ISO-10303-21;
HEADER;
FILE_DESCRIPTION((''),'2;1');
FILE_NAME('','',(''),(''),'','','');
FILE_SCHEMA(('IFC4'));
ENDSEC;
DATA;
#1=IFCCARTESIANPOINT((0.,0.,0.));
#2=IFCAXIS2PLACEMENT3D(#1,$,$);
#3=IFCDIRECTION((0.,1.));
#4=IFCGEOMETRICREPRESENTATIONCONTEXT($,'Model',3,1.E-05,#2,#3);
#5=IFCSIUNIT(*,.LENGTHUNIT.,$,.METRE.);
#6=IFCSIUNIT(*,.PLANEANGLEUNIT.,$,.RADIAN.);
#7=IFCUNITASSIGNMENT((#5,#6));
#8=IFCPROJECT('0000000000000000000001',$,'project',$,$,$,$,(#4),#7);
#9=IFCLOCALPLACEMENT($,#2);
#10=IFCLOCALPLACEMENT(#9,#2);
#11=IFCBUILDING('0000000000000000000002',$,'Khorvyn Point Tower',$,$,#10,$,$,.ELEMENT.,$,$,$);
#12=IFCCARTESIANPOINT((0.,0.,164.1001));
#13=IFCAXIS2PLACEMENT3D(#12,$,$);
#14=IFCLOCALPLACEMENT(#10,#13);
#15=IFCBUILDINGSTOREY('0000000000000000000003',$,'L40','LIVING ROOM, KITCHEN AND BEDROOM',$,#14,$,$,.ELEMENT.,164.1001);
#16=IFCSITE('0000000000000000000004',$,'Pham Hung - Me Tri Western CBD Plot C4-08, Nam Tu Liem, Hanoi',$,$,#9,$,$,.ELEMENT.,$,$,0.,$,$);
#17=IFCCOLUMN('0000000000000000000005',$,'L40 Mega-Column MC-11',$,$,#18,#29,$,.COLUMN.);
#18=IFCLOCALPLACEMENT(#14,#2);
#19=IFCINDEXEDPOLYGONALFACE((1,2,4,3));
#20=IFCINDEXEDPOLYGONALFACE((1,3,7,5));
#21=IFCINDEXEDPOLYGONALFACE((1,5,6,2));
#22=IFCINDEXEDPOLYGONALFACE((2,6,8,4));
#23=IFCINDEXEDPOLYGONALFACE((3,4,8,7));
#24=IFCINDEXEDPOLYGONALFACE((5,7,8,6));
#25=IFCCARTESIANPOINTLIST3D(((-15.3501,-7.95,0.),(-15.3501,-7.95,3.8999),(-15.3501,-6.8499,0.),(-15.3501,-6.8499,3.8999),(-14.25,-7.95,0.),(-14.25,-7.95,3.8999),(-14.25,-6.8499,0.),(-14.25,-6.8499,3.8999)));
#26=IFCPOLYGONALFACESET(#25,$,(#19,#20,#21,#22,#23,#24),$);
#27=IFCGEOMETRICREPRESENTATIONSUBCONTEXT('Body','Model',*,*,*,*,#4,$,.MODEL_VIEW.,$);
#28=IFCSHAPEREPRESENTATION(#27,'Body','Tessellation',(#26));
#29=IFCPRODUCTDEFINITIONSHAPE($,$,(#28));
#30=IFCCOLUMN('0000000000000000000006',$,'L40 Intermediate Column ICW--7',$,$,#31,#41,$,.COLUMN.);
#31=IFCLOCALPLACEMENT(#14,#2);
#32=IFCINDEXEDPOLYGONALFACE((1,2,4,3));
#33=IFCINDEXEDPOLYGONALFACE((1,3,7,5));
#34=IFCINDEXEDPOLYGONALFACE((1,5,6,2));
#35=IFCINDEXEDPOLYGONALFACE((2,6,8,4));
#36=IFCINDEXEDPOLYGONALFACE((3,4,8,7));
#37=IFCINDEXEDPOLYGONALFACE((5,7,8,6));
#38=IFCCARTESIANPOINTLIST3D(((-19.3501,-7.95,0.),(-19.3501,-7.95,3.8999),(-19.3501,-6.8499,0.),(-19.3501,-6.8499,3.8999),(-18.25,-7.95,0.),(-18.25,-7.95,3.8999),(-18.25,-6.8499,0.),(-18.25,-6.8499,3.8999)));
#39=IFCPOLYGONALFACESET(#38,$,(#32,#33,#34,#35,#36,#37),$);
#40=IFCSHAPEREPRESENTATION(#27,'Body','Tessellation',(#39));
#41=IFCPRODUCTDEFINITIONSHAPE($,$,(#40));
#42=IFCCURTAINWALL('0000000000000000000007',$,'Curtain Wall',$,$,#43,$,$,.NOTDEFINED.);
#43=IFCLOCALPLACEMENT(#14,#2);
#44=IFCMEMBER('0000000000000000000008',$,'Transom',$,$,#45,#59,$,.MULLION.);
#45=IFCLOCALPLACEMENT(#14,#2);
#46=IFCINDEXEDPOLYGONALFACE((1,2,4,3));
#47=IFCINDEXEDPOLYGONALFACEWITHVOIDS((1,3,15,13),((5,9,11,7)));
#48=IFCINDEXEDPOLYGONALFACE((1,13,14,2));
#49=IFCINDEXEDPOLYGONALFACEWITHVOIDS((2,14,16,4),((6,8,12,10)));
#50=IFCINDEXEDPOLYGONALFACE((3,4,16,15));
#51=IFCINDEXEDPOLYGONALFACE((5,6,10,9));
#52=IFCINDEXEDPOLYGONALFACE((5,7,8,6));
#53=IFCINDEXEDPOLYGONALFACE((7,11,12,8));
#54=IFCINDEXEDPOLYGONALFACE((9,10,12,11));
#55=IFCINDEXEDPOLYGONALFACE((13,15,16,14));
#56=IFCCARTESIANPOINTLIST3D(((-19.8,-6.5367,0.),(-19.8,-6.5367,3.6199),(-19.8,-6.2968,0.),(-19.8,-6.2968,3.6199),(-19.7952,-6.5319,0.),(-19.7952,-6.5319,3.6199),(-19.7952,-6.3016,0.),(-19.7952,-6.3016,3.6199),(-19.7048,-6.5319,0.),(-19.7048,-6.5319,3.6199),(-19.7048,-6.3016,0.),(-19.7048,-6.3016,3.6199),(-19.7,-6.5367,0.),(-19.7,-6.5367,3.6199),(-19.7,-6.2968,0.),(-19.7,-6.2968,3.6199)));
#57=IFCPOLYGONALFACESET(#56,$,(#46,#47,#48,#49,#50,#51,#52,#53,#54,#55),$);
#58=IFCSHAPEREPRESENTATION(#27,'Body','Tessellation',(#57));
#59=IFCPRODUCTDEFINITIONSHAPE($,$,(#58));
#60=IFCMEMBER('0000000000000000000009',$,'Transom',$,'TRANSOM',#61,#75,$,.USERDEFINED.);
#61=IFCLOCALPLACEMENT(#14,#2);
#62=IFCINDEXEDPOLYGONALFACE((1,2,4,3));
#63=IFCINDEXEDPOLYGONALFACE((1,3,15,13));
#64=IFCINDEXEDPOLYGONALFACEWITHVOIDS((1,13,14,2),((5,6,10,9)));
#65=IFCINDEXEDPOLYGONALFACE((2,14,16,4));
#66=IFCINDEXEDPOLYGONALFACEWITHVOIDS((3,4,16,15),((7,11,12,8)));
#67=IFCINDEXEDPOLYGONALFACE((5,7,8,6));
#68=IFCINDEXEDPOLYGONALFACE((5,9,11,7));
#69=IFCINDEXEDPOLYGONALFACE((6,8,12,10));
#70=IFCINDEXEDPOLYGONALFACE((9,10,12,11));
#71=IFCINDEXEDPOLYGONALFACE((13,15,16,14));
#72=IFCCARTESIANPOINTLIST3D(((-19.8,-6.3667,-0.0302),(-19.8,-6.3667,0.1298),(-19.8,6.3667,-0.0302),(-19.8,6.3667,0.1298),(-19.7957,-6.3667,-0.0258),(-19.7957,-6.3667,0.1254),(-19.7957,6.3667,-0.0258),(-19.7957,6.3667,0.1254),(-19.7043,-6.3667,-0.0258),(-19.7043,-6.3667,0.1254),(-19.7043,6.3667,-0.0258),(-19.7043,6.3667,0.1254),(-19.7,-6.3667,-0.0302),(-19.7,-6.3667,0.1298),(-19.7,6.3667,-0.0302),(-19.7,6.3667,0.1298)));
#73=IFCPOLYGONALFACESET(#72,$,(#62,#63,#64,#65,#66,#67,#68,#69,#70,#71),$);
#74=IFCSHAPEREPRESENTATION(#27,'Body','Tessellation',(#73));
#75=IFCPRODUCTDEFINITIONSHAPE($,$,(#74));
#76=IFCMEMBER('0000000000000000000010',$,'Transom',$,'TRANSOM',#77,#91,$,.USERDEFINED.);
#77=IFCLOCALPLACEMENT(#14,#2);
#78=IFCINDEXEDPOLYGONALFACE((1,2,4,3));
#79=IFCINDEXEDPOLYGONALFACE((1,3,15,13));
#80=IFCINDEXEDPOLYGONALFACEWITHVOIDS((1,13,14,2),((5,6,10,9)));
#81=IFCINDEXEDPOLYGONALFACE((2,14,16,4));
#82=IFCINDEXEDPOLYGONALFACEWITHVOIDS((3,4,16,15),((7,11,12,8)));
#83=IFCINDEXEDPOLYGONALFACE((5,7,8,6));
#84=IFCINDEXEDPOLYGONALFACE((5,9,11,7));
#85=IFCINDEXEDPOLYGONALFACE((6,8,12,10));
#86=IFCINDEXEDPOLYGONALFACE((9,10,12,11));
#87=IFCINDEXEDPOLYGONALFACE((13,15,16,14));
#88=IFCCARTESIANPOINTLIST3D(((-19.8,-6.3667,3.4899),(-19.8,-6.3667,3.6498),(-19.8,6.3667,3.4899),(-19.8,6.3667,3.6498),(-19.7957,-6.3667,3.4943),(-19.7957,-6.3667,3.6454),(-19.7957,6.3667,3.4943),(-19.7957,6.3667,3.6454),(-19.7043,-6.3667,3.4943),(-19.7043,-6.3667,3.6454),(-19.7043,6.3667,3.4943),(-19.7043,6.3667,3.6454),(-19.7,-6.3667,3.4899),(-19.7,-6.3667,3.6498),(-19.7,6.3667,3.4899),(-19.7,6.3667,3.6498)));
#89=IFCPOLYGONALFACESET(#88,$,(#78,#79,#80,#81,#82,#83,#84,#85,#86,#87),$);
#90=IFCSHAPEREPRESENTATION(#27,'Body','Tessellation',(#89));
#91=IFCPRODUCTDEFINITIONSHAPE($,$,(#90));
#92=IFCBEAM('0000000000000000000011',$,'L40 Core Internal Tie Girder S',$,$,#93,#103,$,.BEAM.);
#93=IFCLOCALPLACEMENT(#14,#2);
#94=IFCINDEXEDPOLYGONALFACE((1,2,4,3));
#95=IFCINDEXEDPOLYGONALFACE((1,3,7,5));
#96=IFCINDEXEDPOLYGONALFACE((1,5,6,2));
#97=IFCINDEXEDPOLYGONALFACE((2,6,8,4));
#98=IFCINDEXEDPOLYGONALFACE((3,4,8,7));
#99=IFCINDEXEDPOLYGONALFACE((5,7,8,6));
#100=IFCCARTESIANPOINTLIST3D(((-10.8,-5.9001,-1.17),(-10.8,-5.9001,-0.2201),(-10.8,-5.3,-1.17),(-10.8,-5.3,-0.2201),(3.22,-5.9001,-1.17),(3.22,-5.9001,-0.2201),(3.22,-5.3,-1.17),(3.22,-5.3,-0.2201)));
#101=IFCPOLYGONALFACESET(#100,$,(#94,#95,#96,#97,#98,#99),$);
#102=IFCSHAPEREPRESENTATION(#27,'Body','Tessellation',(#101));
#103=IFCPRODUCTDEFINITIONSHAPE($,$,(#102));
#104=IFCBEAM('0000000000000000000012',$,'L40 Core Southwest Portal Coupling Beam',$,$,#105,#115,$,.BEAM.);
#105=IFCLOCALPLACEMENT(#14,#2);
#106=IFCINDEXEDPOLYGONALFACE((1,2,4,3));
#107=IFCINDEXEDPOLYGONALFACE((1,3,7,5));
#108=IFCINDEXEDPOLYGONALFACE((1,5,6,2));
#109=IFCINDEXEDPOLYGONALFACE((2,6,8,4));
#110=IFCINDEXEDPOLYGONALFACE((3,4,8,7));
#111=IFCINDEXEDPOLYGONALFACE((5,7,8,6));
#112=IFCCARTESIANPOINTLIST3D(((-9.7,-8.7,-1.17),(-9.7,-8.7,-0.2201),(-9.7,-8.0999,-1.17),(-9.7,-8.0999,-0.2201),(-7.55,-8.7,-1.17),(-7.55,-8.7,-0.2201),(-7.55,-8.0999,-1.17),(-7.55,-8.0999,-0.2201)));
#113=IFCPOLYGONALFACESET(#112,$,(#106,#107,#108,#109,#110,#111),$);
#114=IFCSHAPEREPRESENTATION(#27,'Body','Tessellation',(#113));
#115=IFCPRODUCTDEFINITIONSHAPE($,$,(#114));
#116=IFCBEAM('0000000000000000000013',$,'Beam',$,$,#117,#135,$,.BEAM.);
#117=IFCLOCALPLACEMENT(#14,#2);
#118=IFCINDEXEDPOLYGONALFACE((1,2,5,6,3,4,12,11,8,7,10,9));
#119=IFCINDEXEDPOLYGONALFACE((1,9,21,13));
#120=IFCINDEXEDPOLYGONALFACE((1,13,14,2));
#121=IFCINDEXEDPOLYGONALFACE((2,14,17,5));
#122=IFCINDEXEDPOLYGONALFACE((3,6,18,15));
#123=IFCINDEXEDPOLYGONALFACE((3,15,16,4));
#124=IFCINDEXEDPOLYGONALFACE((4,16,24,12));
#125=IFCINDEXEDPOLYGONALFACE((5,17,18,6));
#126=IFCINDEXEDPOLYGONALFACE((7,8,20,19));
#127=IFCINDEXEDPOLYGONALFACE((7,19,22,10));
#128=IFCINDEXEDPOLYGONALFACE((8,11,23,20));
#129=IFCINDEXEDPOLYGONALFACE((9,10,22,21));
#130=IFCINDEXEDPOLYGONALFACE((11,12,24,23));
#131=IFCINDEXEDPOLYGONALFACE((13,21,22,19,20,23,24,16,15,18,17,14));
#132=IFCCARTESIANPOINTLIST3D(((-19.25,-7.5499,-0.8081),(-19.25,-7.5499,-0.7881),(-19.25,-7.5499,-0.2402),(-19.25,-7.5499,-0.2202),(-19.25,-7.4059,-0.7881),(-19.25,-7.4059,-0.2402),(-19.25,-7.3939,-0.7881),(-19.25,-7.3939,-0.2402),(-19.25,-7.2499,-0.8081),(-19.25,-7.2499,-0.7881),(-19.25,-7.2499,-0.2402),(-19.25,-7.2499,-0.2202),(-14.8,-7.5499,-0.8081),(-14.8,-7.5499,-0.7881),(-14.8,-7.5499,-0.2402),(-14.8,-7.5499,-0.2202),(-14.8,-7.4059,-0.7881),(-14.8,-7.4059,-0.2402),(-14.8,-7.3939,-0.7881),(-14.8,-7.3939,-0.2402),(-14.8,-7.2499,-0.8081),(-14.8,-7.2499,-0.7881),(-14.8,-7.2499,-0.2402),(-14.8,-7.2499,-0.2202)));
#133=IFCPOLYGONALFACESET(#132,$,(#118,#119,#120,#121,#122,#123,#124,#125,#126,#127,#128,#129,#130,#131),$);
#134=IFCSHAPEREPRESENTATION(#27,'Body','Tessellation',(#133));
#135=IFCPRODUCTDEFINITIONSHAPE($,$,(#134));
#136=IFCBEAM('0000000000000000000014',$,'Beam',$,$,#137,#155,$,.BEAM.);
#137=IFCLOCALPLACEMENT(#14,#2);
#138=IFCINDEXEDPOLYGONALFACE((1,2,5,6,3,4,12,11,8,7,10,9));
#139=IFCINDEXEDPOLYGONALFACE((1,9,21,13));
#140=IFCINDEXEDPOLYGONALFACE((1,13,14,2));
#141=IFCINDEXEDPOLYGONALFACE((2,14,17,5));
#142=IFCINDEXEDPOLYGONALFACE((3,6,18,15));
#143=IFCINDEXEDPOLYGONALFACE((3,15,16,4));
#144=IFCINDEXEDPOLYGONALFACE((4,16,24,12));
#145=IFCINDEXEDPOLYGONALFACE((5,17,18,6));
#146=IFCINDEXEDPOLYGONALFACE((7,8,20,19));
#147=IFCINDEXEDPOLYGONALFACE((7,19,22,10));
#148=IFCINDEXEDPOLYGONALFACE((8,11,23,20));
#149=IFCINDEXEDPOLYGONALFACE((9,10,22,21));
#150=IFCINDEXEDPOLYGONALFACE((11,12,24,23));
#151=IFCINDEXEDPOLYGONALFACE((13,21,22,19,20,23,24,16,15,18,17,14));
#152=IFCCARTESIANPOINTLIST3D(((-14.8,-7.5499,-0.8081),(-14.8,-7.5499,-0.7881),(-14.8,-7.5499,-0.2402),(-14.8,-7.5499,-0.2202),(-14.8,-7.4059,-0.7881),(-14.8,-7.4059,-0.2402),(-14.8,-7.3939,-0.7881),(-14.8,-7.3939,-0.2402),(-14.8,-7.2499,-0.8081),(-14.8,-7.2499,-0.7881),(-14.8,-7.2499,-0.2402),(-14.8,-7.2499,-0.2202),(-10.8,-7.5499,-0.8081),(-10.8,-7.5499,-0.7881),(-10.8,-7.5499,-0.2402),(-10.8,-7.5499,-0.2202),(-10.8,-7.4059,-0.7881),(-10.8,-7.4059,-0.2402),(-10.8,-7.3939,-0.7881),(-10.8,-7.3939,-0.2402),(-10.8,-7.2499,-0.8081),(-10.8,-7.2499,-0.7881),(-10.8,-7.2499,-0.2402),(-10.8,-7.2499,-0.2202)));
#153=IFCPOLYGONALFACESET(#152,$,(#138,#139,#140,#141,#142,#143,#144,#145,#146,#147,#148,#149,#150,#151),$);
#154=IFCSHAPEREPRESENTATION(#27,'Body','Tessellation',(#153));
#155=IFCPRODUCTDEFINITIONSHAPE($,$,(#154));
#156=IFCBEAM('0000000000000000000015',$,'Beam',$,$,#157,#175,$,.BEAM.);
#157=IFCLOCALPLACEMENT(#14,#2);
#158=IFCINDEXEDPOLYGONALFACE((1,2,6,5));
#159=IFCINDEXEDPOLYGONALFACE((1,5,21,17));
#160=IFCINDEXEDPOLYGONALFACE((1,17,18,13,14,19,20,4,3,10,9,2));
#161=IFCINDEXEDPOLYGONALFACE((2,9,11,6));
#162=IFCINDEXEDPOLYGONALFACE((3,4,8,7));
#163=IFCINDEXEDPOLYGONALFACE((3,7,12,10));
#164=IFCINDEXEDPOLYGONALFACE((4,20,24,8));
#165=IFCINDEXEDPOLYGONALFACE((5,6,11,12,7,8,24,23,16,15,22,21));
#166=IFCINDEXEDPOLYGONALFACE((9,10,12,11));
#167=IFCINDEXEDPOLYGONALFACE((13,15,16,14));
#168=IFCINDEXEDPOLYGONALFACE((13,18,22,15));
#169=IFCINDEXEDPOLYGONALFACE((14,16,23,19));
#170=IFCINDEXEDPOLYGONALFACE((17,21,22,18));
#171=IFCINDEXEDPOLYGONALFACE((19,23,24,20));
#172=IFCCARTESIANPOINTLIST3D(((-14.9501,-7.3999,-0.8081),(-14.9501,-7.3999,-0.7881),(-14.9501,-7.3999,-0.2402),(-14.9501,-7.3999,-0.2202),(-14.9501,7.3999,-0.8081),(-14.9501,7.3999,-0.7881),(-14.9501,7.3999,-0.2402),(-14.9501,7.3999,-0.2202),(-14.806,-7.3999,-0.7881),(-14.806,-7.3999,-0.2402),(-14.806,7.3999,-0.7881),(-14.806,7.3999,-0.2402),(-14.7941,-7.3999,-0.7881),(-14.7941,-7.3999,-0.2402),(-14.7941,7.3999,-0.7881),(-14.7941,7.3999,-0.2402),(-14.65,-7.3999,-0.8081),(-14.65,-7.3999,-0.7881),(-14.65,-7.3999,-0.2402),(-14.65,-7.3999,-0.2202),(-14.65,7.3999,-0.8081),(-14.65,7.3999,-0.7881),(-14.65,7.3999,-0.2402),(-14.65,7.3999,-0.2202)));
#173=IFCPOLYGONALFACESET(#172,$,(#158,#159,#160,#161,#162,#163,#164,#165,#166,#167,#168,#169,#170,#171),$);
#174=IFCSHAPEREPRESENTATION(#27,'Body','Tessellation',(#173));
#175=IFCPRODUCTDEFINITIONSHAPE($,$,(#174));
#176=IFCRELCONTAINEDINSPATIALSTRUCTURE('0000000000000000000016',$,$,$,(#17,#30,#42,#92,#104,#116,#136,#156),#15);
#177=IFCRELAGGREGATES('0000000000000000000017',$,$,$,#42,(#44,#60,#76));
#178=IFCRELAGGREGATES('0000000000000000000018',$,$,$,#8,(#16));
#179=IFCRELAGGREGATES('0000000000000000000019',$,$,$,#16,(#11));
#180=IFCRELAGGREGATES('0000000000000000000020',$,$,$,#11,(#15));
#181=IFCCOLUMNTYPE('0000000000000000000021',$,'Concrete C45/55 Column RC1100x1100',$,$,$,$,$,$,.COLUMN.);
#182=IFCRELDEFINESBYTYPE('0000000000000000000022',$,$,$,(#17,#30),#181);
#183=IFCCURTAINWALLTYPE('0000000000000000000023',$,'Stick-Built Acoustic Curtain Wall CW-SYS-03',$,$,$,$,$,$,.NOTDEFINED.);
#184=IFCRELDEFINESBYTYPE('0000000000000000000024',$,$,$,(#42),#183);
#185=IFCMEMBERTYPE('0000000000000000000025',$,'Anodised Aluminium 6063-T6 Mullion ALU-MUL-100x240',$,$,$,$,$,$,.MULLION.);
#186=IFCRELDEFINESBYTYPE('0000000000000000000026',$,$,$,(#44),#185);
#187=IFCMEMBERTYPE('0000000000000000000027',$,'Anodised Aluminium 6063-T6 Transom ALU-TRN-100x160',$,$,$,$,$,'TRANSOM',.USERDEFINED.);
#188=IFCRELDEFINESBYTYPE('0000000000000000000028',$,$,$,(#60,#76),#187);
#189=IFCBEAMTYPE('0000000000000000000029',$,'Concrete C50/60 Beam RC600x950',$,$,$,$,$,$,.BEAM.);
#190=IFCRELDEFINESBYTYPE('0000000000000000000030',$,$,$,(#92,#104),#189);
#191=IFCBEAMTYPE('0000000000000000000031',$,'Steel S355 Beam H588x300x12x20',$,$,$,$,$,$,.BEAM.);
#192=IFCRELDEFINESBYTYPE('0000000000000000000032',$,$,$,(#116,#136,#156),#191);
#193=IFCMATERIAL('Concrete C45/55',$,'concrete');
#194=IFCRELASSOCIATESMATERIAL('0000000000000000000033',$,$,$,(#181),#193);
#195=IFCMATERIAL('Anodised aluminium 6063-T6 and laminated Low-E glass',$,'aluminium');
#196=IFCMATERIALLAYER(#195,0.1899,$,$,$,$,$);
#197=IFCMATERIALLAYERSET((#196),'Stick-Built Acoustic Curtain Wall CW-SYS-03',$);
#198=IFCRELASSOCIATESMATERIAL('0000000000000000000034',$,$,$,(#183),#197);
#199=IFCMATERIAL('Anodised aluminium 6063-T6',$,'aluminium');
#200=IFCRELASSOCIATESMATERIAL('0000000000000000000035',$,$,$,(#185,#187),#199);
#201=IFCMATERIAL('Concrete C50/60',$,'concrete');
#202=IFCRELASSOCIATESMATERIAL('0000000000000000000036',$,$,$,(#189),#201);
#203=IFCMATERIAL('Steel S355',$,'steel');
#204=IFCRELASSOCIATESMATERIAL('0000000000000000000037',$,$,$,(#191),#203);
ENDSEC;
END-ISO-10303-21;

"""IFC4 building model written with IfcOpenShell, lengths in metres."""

from ifc_helpers import new_model, si_unit, direction, frame, origin, origin_2d, place, context, subcontext, project, spatial, rectangle, hollow_rectangle, i_section, extrude, material, layer, layer_set, material_profile, profile_set, type_object, element, aggregate, save


model = new_model("IFC4")

# Units and contexts
model_context = context("Model", 3, precision=1e-05, world=origin(), true_north=direction((0.0, 1.0)))
body_context = subcontext(model_context, "Body", "Model", "MODEL_VIEW")
ifc_project = project(units=[si_unit("LENGTHUNIT", "METRE"), si_unit("PLANEANGLEUNIT", "RADIAN")], contexts=[model_context])

# Site, building, storey
site_placement = place(None, origin())
site = spatial("IfcSite", under=ifc_project, at=site_placement, Name="Pham Hung - Me Tri Western CBD Plot C4-08, Nam Tu Liem, Hanoi", CompositionType="ELEMENT", RefElevation=0.0)
building_placement = place(site_placement, origin())
building = spatial("IfcBuilding", under=site, at=building_placement, Name="Khorvyn Point Tower", CompositionType="ELEMENT")
storey_placement = place(building_placement, frame((0.0, 0.0, 164.1001)))
storey = spatial("IfcBuildingStorey", under=building, at=storey_placement, Name="L40", Description="LIVING ROOM, KITCHEN AND BEDROOM", CompositionType="ELEMENT", Elevation=164.1001)

# Columns
ifc_material_1 = material(Name="Concrete C45/55", Category="concrete")
ifc_material_profile_1 = material_profile(ifc_material_1, rectangle(XDim=1.1001, YDim=1.1001, at=origin_2d()))
ifc_profile_set_1 = profile_set([ifc_material_profile_1], Name="Concrete C45/55 RC1100x1100")
column_type = type_object("IfcColumnType", Name="Concrete C45/55 Column RC1100x1100", PredefinedType="COLUMN", material=ifc_profile_set_1)
for number, where, z_axis, x_axis, name in (
    (1, (-14.8, -7.3999, 0.0), (0.0, 0.0, 1.0), (1.0, 0.0, 0.0), "L40 Mega-Column MC-11"),
    (2, (-18.8, -7.3999, 0.0), (0.0, 0.0, 1.0), (1.0, 0.0, 0.0), "L40 Intermediate Column ICW--7"),
):
    element("IfcColumn", number, at=place(storey_placement, frame(where, z_axis=z_axis, x_axis=x_axis)), inside=storey, type_object=column_type, Name=name, PredefinedType="COLUMN", context=body_context, shape_type="SweptSolid", body=[
        extrude(rectangle(XDim=1.1001, YDim=1.1001, at=origin_2d()), origin(), (0.0, 0.0, 1.0), 3.8999),
    ])

# Curtain wall, members
ifc_material_2 = material(Name="Anodised aluminium 6063-T6 and laminated Low-E glass", Category="aluminium")
ifc_layer_1 = layer(ifc_material_2, 0.1899)
ifc_layer_set_1 = layer_set([ifc_layer_1], Name="Stick-Built Acoustic Curtain Wall CW-SYS-03")
curtain_wall_type = type_object("IfcCurtainWallType", Name="Stick-Built Acoustic Curtain Wall CW-SYS-03", PredefinedType="NOTDEFINED", material=ifc_layer_set_1)
curtain_wall_placement = place(storey_placement, origin())
curtain_wall = element("IfcCurtainWall", 3, at=curtain_wall_placement, inside=storey, type_object=curtain_wall_type, Name="Curtain Wall", PredefinedType="NOTDEFINED")
ifc_material_3 = material(Name="Anodised aluminium 6063-T6", Category="aluminium")
ifc_material_profile_2 = material_profile(ifc_material_3, hollow_rectangle(XDim=0.1001, YDim=0.24, WallThickness=0.0049, at=origin_2d()))
ifc_profile_set_2 = profile_set([ifc_material_profile_2], Name="Anodised aluminium 6063-T6 ALU-MUL-100x240")
member_type_1 = type_object("IfcMemberType", Name="Anodised Aluminium 6063-T6 Mullion ALU-MUL-100x240", PredefinedType="MULLION", material=ifc_profile_set_2)
member_1_placement = place(storey_placement, frame((-19.75, -6.4167, 0.0), z_axis=(0.0, 0.0, 1.0), x_axis=(-1.0, 0.0, 0.0)))
member_1 = element("IfcMember", 4, at=member_1_placement, type_object=member_type_1, Name="Transom", PredefinedType="MULLION", context=body_context, shape_type="SweptSolid", body=[
    extrude(hollow_rectangle(XDim=0.1001, YDim=0.24, WallThickness=0.0049, at=origin_2d()), origin(), (0.0, 0.0, 1.0), 3.6199),
])
ifc_material_profile_3 = material_profile(ifc_material_3, hollow_rectangle(XDim=0.1001, YDim=0.1599, WallThickness=0.0044, at=origin_2d()))
ifc_profile_set_3 = profile_set([ifc_material_profile_3], Name="Anodised aluminium 6063-T6 ALU-TRN-100x160")
member_type_2 = type_object("IfcMemberType", Name="Anodised Aluminium 6063-T6 Transom ALU-TRN-100x160", ElementType="TRANSOM", PredefinedType="USERDEFINED", material=ifc_profile_set_3)
member_2_placement = place(storey_placement, frame((-19.75, -6.3667, 0.0498), z_axis=(0.0, 1.0, 0.0), x_axis=(-1.0, 0.0, 0.0)))
member_2 = element("IfcMember", 5, at=member_2_placement, type_object=member_type_2, Name="Transom", ObjectType="TRANSOM", PredefinedType="USERDEFINED", context=body_context, shape_type="SweptSolid", body=[
    extrude(hollow_rectangle(XDim=0.1001, YDim=0.1599, WallThickness=0.0044, at=origin_2d()), origin(), (0.0, 0.0, 1.0), 12.7334),
])
member_3_placement = place(storey_placement, frame((-19.75, -6.3667, 3.5698), z_axis=(0.0, 1.0, 0.0), x_axis=(-1.0, 0.0, 0.0)))
member_3 = element("IfcMember", 6, at=member_3_placement, type_object=member_type_2, Name="Transom", ObjectType="TRANSOM", PredefinedType="USERDEFINED", context=body_context, shape_type="SweptSolid", body=[
    extrude(hollow_rectangle(XDim=0.1001, YDim=0.1599, WallThickness=0.0044, at=origin_2d()), origin(), (0.0, 0.0, 1.0), 12.7334),
])

# Beams
ifc_material_4 = material(Name="Concrete C50/60", Category="concrete")
ifc_material_profile_4 = material_profile(ifc_material_4, rectangle(XDim=0.6001, YDim=0.95, at=origin_2d()))
ifc_profile_set_4 = profile_set([ifc_material_profile_4], Name="Concrete C50/60 RC600x950")
beam_type_1 = type_object("IfcBeamType", Name="Concrete C50/60 Beam RC600x950", PredefinedType="BEAM", material=ifc_profile_set_4)
beam_1_placement = place(storey_placement, frame((-10.8, -5.6001, -0.6951), z_axis=(1.0, 0.0, 0.0), x_axis=(0.0, 1.0, 0.0)))
element("IfcBeam", 7, at=beam_1_placement, inside=storey, type_object=beam_type_1, Name="L40 Core Internal Tie Girder S", PredefinedType="BEAM", context=body_context, shape_type="SweptSolid", body=[
    extrude(rectangle(XDim=0.6001, YDim=0.95, at=origin_2d()), origin(), (0.0, 0.0, 1.0), 14.02),
])
beam_2_placement = place(storey_placement, frame((-9.7, -8.3999, -0.6951), z_axis=(1.0, 0.0, 0.0), x_axis=(0.0, 1.0, 0.0)))
element("IfcBeam", 8, at=beam_2_placement, inside=storey, type_object=beam_type_1, Name="L40 Core Southwest Portal Coupling Beam", PredefinedType="BEAM", context=body_context, shape_type="SweptSolid", body=[
    extrude(rectangle(XDim=0.6001, YDim=0.95, at=origin_2d()), origin(), (0.0, 0.0, 1.0), 2.1499),
])
ifc_material_5 = material(Name="Steel S355", Category="steel")
ifc_material_profile_5 = material_profile(ifc_material_5, i_section(OverallWidth=0.3, OverallDepth=0.5879, WebThickness=0.012, FlangeThickness=0.02, at=origin_2d()))
ifc_profile_set_5 = profile_set([ifc_material_profile_5], Name="Steel S355 H588x300x12x20")
beam_type_2 = type_object("IfcBeamType", Name="Steel S355 Beam H588x300x12x20", PredefinedType="BEAM", material=ifc_profile_set_5)
beam_3_placement = place(storey_placement, frame((-19.25, -7.3999, -0.5142), z_axis=(1.0, 0.0, 0.0), x_axis=(0.0, 1.0, 0.0)))
element("IfcBeam", 9, at=beam_3_placement, inside=storey, type_object=beam_type_2, Name="Beam", PredefinedType="BEAM", context=body_context, shape_type="SweptSolid", body=[
    extrude(i_section(OverallWidth=0.3, OverallDepth=0.5879, WebThickness=0.012, FlangeThickness=0.02, at=origin_2d()), origin(), (0.0, 0.0, 1.0), 4.45),
])
beam_4_placement = place(storey_placement, frame((-14.8, -7.3999, -0.5142), z_axis=(1.0, 0.0, 0.0), x_axis=(0.0, 1.0, 0.0)))
element("IfcBeam", 10, at=beam_4_placement, inside=storey, type_object=beam_type_2, Name="Beam", PredefinedType="BEAM", context=body_context, shape_type="SweptSolid", body=[
    extrude(i_section(OverallWidth=0.3, OverallDepth=0.5879, WebThickness=0.012, FlangeThickness=0.02, at=origin_2d()), origin(), (0.0, 0.0, 1.0), 4.0),
])
for number, where, z_axis, x_axis, name in (
    (11, (-14.8, -7.3999, -0.5142), (0.0, 1.0, 0.0), (-1.0, 0.0, 0.0), "Beam"),
):
    element("IfcBeam", number, at=place(storey_placement, frame(where, z_axis=z_axis, x_axis=x_axis)), inside=storey, type_object=beam_type_2, Name=name, PredefinedType="BEAM", context=body_context, shape_type="SweptSolid", body=[
        extrude(i_section(OverallWidth=0.3, OverallDepth=0.5879, WebThickness=0.012, FlangeThickness=0.02, at=origin_2d()), origin(), (0.0, 0.0, 1.0), 14.7998),
    ])

aggregate(curtain_wall, [member_1, member_2, member_3])

save(model, "model.ifc")
